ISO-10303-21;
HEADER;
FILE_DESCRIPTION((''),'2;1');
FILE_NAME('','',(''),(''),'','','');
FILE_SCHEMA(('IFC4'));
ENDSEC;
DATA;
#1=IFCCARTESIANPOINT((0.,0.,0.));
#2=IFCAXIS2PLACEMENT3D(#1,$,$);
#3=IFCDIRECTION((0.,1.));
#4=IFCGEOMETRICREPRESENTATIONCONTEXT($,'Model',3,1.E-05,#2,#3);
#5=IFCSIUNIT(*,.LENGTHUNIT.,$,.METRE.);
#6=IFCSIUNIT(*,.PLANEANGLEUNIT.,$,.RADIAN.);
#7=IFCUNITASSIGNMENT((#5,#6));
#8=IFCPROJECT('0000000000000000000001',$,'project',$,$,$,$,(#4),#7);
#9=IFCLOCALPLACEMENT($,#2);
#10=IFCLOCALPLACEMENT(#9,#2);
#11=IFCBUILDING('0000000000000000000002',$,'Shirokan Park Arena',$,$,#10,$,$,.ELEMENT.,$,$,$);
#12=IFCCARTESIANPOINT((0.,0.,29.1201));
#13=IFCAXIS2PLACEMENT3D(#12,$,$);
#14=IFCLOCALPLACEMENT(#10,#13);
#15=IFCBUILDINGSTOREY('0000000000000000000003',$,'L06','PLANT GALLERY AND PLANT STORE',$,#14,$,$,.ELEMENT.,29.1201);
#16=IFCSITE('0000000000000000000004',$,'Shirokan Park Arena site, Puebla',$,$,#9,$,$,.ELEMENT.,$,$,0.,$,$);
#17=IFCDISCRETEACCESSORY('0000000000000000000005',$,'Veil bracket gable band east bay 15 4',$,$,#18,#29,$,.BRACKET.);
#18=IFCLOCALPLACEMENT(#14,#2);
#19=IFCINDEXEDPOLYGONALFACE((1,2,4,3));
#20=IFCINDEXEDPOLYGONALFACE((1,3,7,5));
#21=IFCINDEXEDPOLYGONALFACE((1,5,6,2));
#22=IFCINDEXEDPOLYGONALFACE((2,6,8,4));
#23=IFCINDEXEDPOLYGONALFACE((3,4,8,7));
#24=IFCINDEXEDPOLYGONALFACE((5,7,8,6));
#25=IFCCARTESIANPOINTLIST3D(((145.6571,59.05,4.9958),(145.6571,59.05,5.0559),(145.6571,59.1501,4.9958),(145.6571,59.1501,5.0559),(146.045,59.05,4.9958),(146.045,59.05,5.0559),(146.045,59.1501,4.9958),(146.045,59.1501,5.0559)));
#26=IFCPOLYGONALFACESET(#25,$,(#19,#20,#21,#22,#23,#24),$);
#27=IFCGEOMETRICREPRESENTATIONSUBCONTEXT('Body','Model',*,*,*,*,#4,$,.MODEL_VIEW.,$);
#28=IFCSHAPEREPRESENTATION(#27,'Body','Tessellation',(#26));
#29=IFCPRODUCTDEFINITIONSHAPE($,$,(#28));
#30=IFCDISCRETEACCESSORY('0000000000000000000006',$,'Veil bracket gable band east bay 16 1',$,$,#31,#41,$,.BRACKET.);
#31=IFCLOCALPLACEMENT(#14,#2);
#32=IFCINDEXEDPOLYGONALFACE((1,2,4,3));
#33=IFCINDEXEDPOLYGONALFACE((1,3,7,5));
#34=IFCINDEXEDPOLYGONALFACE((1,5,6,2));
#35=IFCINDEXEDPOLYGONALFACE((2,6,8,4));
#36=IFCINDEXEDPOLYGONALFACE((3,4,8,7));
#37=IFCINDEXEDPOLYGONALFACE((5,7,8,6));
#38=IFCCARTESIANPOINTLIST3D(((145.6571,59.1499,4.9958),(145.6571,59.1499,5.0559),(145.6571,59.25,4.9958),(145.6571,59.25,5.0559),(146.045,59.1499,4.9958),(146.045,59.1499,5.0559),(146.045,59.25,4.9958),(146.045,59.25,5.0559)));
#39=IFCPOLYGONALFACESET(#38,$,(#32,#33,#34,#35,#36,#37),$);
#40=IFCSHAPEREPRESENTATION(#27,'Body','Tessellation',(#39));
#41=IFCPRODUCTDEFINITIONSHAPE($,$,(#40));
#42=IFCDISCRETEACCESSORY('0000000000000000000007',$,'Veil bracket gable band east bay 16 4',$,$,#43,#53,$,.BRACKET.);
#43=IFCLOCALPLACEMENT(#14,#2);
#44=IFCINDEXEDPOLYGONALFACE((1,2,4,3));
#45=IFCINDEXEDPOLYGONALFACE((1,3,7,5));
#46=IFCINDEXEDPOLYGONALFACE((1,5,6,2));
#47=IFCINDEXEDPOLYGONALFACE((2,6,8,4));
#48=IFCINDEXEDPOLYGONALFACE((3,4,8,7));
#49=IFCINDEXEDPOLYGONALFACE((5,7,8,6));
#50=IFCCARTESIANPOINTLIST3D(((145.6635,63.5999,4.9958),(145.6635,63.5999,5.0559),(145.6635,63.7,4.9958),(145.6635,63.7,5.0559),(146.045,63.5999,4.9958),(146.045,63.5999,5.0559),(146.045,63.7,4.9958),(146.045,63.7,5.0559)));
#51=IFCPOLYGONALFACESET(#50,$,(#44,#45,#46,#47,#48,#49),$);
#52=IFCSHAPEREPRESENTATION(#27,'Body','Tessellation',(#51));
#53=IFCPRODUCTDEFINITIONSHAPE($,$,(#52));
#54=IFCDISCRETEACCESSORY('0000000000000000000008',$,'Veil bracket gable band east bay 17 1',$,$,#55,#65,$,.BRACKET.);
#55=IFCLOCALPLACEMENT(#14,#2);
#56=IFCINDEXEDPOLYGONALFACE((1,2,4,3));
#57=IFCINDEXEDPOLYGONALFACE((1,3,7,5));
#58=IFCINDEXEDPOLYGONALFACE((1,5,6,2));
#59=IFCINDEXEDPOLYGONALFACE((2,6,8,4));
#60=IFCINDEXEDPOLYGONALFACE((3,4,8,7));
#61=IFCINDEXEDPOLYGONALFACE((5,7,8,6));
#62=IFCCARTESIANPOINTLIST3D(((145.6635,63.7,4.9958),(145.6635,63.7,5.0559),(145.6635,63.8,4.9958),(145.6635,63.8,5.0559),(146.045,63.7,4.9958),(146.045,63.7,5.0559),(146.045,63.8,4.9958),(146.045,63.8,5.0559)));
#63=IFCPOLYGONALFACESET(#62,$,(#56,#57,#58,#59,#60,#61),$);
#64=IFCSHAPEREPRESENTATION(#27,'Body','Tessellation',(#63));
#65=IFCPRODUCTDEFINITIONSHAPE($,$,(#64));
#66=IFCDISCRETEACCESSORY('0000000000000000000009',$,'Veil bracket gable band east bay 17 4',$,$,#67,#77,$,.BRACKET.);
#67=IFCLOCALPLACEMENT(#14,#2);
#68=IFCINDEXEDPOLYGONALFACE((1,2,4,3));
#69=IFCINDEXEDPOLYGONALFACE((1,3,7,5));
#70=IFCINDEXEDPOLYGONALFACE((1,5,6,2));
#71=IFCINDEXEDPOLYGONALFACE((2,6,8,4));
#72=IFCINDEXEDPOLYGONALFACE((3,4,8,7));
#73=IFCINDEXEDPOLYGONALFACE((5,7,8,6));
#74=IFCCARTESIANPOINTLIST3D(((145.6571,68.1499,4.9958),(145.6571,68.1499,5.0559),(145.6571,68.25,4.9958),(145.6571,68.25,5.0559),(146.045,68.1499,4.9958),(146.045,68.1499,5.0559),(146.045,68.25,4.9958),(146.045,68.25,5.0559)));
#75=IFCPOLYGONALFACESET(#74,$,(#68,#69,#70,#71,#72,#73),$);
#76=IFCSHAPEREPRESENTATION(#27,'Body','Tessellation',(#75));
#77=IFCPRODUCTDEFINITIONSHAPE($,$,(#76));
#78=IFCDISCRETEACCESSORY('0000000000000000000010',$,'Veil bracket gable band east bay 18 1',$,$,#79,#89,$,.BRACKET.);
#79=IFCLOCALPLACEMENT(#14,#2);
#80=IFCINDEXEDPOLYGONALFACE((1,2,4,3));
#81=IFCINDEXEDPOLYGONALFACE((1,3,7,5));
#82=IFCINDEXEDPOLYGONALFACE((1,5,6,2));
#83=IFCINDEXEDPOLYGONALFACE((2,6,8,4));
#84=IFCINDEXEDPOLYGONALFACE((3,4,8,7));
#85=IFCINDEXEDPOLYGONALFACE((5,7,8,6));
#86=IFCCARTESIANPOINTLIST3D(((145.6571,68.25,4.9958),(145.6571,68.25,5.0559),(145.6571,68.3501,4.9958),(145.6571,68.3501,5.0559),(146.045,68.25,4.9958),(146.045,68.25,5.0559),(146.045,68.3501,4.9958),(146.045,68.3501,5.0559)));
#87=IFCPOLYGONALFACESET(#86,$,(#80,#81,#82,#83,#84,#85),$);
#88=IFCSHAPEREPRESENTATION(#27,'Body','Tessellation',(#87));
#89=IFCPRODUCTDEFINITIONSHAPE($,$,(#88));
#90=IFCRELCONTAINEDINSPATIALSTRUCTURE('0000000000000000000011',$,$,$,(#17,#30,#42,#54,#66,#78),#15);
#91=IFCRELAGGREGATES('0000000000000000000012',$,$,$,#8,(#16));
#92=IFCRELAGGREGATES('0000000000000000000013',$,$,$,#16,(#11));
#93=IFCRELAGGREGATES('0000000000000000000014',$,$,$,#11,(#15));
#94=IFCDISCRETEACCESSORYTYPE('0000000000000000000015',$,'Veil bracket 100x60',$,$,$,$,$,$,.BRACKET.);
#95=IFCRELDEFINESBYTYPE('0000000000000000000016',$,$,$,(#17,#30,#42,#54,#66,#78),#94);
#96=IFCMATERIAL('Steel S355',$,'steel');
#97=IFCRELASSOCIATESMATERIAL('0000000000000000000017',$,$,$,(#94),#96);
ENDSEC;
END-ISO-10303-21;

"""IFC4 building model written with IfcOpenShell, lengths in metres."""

from ifc_helpers import new_model, si_unit, direction, frame, origin, origin_2d, place, context, subcontext, project, spatial, rectangle, extrude, material, type_object, element, save


model = new_model("IFC4")

# Units and contexts
model_context = context("Model", 3, precision=1e-05, world=origin(), true_north=direction((0.0, 1.0)))
body_context = subcontext(model_context, "Body", "Model", "MODEL_VIEW")
ifc_project = project(units=[si_unit("LENGTHUNIT", "METRE"), si_unit("PLANEANGLEUNIT", "RADIAN")], contexts=[model_context])

# Site, building, storey
site_placement = place(None, origin())
site = spatial("IfcSite", under=ifc_project, at=site_placement, Name="Shirokan Park Arena site, Puebla", CompositionType="ELEMENT", RefElevation=0.0)
building_placement = place(site_placement, origin())
building = spatial("IfcBuilding", under=site, at=building_placement, Name="Shirokan Park Arena", CompositionType="ELEMENT")
storey_placement = place(building_placement, frame((0.0, 0.0, 29.1201)))
storey = spatial("IfcBuildingStorey", under=building, at=storey_placement, Name="L06", Description="PLANT GALLERY AND PLANT STORE", CompositionType="ELEMENT", Elevation=29.1201)

# Discrete accessories
ifc_material_1 = material(Name="Steel S355", Category="steel")
discrete_accessory_type = type_object("IfcDiscreteAccessoryType", Name="Veil bracket 100x60", PredefinedType="BRACKET", material=ifc_material_1)
for number, where, z_axis, x_axis, name in (
    (1, (145.8511, 59.1001, 4.9958), (0.0, 0.0, 1.0), (1.0, 0.0, 0.0), "Veil bracket gable band east bay 15 4"),
    (2, (145.8511, 59.2, 4.9958), (0.0, 0.0, 1.0), (1.0, 0.0, 0.0), "Veil bracket gable band east bay 16 1"),
):
    element("IfcDiscreteAccessory", number, at=place(storey_placement, frame(where, z_axis=z_axis, x_axis=x_axis)), inside=storey, type_object=discrete_accessory_type, Name=name, PredefinedType="BRACKET", context=body_context, shape_type="SweptSolid", body=[
        extrude(rectangle(XDim=0.3879, YDim=0.1001, at=origin_2d()), origin(), (0.0, 0.0, 1.0), 0.0601),
    ])
for number, where, z_axis, x_axis, name in (
    (3, (145.8542, 63.6499, 4.9958), (0.0, 0.0, 1.0), (1.0, 0.0, 0.0), "Veil bracket gable band east bay 16 4"),
    (4, (145.8542, 63.75, 4.9958), (0.0, 0.0, 1.0), (1.0, 0.0, 0.0), "Veil bracket gable band east bay 17 1"),
):
    element("IfcDiscreteAccessory", number, at=place(storey_placement, frame(where, z_axis=z_axis, x_axis=x_axis)), inside=storey, type_object=discrete_accessory_type, Name=name, PredefinedType="BRACKET", context=body_context, shape_type="SweptSolid", body=[
        extrude(rectangle(XDim=0.3816, YDim=0.1001, at=origin_2d()), origin(), (0.0, 0.0, 1.0), 0.0601),
    ])
for number, where, z_axis, x_axis, name in (
    (5, (145.8511, 68.2, 4.9958), (0.0, 0.0, 1.0), (1.0, 0.0, 0.0), "Veil bracket gable band east bay 17 4"),
    (6, (145.8511, 68.3, 4.9958), (0.0, 0.0, 1.0), (1.0, 0.0, 0.0), "Veil bracket gable band east bay 18 1"),
):
    element("IfcDiscreteAccessory", number, at=place(storey_placement, frame(where, z_axis=z_axis, x_axis=x_axis)), inside=storey, type_object=discrete_accessory_type, Name=name, PredefinedType="BRACKET", context=body_context, shape_type="SweptSolid", body=[
        extrude(rectangle(XDim=0.3879, YDim=0.1001, at=origin_2d()), origin(), (0.0, 0.0, 1.0), 0.0601),
    ])

save(model, "model.ifc")
